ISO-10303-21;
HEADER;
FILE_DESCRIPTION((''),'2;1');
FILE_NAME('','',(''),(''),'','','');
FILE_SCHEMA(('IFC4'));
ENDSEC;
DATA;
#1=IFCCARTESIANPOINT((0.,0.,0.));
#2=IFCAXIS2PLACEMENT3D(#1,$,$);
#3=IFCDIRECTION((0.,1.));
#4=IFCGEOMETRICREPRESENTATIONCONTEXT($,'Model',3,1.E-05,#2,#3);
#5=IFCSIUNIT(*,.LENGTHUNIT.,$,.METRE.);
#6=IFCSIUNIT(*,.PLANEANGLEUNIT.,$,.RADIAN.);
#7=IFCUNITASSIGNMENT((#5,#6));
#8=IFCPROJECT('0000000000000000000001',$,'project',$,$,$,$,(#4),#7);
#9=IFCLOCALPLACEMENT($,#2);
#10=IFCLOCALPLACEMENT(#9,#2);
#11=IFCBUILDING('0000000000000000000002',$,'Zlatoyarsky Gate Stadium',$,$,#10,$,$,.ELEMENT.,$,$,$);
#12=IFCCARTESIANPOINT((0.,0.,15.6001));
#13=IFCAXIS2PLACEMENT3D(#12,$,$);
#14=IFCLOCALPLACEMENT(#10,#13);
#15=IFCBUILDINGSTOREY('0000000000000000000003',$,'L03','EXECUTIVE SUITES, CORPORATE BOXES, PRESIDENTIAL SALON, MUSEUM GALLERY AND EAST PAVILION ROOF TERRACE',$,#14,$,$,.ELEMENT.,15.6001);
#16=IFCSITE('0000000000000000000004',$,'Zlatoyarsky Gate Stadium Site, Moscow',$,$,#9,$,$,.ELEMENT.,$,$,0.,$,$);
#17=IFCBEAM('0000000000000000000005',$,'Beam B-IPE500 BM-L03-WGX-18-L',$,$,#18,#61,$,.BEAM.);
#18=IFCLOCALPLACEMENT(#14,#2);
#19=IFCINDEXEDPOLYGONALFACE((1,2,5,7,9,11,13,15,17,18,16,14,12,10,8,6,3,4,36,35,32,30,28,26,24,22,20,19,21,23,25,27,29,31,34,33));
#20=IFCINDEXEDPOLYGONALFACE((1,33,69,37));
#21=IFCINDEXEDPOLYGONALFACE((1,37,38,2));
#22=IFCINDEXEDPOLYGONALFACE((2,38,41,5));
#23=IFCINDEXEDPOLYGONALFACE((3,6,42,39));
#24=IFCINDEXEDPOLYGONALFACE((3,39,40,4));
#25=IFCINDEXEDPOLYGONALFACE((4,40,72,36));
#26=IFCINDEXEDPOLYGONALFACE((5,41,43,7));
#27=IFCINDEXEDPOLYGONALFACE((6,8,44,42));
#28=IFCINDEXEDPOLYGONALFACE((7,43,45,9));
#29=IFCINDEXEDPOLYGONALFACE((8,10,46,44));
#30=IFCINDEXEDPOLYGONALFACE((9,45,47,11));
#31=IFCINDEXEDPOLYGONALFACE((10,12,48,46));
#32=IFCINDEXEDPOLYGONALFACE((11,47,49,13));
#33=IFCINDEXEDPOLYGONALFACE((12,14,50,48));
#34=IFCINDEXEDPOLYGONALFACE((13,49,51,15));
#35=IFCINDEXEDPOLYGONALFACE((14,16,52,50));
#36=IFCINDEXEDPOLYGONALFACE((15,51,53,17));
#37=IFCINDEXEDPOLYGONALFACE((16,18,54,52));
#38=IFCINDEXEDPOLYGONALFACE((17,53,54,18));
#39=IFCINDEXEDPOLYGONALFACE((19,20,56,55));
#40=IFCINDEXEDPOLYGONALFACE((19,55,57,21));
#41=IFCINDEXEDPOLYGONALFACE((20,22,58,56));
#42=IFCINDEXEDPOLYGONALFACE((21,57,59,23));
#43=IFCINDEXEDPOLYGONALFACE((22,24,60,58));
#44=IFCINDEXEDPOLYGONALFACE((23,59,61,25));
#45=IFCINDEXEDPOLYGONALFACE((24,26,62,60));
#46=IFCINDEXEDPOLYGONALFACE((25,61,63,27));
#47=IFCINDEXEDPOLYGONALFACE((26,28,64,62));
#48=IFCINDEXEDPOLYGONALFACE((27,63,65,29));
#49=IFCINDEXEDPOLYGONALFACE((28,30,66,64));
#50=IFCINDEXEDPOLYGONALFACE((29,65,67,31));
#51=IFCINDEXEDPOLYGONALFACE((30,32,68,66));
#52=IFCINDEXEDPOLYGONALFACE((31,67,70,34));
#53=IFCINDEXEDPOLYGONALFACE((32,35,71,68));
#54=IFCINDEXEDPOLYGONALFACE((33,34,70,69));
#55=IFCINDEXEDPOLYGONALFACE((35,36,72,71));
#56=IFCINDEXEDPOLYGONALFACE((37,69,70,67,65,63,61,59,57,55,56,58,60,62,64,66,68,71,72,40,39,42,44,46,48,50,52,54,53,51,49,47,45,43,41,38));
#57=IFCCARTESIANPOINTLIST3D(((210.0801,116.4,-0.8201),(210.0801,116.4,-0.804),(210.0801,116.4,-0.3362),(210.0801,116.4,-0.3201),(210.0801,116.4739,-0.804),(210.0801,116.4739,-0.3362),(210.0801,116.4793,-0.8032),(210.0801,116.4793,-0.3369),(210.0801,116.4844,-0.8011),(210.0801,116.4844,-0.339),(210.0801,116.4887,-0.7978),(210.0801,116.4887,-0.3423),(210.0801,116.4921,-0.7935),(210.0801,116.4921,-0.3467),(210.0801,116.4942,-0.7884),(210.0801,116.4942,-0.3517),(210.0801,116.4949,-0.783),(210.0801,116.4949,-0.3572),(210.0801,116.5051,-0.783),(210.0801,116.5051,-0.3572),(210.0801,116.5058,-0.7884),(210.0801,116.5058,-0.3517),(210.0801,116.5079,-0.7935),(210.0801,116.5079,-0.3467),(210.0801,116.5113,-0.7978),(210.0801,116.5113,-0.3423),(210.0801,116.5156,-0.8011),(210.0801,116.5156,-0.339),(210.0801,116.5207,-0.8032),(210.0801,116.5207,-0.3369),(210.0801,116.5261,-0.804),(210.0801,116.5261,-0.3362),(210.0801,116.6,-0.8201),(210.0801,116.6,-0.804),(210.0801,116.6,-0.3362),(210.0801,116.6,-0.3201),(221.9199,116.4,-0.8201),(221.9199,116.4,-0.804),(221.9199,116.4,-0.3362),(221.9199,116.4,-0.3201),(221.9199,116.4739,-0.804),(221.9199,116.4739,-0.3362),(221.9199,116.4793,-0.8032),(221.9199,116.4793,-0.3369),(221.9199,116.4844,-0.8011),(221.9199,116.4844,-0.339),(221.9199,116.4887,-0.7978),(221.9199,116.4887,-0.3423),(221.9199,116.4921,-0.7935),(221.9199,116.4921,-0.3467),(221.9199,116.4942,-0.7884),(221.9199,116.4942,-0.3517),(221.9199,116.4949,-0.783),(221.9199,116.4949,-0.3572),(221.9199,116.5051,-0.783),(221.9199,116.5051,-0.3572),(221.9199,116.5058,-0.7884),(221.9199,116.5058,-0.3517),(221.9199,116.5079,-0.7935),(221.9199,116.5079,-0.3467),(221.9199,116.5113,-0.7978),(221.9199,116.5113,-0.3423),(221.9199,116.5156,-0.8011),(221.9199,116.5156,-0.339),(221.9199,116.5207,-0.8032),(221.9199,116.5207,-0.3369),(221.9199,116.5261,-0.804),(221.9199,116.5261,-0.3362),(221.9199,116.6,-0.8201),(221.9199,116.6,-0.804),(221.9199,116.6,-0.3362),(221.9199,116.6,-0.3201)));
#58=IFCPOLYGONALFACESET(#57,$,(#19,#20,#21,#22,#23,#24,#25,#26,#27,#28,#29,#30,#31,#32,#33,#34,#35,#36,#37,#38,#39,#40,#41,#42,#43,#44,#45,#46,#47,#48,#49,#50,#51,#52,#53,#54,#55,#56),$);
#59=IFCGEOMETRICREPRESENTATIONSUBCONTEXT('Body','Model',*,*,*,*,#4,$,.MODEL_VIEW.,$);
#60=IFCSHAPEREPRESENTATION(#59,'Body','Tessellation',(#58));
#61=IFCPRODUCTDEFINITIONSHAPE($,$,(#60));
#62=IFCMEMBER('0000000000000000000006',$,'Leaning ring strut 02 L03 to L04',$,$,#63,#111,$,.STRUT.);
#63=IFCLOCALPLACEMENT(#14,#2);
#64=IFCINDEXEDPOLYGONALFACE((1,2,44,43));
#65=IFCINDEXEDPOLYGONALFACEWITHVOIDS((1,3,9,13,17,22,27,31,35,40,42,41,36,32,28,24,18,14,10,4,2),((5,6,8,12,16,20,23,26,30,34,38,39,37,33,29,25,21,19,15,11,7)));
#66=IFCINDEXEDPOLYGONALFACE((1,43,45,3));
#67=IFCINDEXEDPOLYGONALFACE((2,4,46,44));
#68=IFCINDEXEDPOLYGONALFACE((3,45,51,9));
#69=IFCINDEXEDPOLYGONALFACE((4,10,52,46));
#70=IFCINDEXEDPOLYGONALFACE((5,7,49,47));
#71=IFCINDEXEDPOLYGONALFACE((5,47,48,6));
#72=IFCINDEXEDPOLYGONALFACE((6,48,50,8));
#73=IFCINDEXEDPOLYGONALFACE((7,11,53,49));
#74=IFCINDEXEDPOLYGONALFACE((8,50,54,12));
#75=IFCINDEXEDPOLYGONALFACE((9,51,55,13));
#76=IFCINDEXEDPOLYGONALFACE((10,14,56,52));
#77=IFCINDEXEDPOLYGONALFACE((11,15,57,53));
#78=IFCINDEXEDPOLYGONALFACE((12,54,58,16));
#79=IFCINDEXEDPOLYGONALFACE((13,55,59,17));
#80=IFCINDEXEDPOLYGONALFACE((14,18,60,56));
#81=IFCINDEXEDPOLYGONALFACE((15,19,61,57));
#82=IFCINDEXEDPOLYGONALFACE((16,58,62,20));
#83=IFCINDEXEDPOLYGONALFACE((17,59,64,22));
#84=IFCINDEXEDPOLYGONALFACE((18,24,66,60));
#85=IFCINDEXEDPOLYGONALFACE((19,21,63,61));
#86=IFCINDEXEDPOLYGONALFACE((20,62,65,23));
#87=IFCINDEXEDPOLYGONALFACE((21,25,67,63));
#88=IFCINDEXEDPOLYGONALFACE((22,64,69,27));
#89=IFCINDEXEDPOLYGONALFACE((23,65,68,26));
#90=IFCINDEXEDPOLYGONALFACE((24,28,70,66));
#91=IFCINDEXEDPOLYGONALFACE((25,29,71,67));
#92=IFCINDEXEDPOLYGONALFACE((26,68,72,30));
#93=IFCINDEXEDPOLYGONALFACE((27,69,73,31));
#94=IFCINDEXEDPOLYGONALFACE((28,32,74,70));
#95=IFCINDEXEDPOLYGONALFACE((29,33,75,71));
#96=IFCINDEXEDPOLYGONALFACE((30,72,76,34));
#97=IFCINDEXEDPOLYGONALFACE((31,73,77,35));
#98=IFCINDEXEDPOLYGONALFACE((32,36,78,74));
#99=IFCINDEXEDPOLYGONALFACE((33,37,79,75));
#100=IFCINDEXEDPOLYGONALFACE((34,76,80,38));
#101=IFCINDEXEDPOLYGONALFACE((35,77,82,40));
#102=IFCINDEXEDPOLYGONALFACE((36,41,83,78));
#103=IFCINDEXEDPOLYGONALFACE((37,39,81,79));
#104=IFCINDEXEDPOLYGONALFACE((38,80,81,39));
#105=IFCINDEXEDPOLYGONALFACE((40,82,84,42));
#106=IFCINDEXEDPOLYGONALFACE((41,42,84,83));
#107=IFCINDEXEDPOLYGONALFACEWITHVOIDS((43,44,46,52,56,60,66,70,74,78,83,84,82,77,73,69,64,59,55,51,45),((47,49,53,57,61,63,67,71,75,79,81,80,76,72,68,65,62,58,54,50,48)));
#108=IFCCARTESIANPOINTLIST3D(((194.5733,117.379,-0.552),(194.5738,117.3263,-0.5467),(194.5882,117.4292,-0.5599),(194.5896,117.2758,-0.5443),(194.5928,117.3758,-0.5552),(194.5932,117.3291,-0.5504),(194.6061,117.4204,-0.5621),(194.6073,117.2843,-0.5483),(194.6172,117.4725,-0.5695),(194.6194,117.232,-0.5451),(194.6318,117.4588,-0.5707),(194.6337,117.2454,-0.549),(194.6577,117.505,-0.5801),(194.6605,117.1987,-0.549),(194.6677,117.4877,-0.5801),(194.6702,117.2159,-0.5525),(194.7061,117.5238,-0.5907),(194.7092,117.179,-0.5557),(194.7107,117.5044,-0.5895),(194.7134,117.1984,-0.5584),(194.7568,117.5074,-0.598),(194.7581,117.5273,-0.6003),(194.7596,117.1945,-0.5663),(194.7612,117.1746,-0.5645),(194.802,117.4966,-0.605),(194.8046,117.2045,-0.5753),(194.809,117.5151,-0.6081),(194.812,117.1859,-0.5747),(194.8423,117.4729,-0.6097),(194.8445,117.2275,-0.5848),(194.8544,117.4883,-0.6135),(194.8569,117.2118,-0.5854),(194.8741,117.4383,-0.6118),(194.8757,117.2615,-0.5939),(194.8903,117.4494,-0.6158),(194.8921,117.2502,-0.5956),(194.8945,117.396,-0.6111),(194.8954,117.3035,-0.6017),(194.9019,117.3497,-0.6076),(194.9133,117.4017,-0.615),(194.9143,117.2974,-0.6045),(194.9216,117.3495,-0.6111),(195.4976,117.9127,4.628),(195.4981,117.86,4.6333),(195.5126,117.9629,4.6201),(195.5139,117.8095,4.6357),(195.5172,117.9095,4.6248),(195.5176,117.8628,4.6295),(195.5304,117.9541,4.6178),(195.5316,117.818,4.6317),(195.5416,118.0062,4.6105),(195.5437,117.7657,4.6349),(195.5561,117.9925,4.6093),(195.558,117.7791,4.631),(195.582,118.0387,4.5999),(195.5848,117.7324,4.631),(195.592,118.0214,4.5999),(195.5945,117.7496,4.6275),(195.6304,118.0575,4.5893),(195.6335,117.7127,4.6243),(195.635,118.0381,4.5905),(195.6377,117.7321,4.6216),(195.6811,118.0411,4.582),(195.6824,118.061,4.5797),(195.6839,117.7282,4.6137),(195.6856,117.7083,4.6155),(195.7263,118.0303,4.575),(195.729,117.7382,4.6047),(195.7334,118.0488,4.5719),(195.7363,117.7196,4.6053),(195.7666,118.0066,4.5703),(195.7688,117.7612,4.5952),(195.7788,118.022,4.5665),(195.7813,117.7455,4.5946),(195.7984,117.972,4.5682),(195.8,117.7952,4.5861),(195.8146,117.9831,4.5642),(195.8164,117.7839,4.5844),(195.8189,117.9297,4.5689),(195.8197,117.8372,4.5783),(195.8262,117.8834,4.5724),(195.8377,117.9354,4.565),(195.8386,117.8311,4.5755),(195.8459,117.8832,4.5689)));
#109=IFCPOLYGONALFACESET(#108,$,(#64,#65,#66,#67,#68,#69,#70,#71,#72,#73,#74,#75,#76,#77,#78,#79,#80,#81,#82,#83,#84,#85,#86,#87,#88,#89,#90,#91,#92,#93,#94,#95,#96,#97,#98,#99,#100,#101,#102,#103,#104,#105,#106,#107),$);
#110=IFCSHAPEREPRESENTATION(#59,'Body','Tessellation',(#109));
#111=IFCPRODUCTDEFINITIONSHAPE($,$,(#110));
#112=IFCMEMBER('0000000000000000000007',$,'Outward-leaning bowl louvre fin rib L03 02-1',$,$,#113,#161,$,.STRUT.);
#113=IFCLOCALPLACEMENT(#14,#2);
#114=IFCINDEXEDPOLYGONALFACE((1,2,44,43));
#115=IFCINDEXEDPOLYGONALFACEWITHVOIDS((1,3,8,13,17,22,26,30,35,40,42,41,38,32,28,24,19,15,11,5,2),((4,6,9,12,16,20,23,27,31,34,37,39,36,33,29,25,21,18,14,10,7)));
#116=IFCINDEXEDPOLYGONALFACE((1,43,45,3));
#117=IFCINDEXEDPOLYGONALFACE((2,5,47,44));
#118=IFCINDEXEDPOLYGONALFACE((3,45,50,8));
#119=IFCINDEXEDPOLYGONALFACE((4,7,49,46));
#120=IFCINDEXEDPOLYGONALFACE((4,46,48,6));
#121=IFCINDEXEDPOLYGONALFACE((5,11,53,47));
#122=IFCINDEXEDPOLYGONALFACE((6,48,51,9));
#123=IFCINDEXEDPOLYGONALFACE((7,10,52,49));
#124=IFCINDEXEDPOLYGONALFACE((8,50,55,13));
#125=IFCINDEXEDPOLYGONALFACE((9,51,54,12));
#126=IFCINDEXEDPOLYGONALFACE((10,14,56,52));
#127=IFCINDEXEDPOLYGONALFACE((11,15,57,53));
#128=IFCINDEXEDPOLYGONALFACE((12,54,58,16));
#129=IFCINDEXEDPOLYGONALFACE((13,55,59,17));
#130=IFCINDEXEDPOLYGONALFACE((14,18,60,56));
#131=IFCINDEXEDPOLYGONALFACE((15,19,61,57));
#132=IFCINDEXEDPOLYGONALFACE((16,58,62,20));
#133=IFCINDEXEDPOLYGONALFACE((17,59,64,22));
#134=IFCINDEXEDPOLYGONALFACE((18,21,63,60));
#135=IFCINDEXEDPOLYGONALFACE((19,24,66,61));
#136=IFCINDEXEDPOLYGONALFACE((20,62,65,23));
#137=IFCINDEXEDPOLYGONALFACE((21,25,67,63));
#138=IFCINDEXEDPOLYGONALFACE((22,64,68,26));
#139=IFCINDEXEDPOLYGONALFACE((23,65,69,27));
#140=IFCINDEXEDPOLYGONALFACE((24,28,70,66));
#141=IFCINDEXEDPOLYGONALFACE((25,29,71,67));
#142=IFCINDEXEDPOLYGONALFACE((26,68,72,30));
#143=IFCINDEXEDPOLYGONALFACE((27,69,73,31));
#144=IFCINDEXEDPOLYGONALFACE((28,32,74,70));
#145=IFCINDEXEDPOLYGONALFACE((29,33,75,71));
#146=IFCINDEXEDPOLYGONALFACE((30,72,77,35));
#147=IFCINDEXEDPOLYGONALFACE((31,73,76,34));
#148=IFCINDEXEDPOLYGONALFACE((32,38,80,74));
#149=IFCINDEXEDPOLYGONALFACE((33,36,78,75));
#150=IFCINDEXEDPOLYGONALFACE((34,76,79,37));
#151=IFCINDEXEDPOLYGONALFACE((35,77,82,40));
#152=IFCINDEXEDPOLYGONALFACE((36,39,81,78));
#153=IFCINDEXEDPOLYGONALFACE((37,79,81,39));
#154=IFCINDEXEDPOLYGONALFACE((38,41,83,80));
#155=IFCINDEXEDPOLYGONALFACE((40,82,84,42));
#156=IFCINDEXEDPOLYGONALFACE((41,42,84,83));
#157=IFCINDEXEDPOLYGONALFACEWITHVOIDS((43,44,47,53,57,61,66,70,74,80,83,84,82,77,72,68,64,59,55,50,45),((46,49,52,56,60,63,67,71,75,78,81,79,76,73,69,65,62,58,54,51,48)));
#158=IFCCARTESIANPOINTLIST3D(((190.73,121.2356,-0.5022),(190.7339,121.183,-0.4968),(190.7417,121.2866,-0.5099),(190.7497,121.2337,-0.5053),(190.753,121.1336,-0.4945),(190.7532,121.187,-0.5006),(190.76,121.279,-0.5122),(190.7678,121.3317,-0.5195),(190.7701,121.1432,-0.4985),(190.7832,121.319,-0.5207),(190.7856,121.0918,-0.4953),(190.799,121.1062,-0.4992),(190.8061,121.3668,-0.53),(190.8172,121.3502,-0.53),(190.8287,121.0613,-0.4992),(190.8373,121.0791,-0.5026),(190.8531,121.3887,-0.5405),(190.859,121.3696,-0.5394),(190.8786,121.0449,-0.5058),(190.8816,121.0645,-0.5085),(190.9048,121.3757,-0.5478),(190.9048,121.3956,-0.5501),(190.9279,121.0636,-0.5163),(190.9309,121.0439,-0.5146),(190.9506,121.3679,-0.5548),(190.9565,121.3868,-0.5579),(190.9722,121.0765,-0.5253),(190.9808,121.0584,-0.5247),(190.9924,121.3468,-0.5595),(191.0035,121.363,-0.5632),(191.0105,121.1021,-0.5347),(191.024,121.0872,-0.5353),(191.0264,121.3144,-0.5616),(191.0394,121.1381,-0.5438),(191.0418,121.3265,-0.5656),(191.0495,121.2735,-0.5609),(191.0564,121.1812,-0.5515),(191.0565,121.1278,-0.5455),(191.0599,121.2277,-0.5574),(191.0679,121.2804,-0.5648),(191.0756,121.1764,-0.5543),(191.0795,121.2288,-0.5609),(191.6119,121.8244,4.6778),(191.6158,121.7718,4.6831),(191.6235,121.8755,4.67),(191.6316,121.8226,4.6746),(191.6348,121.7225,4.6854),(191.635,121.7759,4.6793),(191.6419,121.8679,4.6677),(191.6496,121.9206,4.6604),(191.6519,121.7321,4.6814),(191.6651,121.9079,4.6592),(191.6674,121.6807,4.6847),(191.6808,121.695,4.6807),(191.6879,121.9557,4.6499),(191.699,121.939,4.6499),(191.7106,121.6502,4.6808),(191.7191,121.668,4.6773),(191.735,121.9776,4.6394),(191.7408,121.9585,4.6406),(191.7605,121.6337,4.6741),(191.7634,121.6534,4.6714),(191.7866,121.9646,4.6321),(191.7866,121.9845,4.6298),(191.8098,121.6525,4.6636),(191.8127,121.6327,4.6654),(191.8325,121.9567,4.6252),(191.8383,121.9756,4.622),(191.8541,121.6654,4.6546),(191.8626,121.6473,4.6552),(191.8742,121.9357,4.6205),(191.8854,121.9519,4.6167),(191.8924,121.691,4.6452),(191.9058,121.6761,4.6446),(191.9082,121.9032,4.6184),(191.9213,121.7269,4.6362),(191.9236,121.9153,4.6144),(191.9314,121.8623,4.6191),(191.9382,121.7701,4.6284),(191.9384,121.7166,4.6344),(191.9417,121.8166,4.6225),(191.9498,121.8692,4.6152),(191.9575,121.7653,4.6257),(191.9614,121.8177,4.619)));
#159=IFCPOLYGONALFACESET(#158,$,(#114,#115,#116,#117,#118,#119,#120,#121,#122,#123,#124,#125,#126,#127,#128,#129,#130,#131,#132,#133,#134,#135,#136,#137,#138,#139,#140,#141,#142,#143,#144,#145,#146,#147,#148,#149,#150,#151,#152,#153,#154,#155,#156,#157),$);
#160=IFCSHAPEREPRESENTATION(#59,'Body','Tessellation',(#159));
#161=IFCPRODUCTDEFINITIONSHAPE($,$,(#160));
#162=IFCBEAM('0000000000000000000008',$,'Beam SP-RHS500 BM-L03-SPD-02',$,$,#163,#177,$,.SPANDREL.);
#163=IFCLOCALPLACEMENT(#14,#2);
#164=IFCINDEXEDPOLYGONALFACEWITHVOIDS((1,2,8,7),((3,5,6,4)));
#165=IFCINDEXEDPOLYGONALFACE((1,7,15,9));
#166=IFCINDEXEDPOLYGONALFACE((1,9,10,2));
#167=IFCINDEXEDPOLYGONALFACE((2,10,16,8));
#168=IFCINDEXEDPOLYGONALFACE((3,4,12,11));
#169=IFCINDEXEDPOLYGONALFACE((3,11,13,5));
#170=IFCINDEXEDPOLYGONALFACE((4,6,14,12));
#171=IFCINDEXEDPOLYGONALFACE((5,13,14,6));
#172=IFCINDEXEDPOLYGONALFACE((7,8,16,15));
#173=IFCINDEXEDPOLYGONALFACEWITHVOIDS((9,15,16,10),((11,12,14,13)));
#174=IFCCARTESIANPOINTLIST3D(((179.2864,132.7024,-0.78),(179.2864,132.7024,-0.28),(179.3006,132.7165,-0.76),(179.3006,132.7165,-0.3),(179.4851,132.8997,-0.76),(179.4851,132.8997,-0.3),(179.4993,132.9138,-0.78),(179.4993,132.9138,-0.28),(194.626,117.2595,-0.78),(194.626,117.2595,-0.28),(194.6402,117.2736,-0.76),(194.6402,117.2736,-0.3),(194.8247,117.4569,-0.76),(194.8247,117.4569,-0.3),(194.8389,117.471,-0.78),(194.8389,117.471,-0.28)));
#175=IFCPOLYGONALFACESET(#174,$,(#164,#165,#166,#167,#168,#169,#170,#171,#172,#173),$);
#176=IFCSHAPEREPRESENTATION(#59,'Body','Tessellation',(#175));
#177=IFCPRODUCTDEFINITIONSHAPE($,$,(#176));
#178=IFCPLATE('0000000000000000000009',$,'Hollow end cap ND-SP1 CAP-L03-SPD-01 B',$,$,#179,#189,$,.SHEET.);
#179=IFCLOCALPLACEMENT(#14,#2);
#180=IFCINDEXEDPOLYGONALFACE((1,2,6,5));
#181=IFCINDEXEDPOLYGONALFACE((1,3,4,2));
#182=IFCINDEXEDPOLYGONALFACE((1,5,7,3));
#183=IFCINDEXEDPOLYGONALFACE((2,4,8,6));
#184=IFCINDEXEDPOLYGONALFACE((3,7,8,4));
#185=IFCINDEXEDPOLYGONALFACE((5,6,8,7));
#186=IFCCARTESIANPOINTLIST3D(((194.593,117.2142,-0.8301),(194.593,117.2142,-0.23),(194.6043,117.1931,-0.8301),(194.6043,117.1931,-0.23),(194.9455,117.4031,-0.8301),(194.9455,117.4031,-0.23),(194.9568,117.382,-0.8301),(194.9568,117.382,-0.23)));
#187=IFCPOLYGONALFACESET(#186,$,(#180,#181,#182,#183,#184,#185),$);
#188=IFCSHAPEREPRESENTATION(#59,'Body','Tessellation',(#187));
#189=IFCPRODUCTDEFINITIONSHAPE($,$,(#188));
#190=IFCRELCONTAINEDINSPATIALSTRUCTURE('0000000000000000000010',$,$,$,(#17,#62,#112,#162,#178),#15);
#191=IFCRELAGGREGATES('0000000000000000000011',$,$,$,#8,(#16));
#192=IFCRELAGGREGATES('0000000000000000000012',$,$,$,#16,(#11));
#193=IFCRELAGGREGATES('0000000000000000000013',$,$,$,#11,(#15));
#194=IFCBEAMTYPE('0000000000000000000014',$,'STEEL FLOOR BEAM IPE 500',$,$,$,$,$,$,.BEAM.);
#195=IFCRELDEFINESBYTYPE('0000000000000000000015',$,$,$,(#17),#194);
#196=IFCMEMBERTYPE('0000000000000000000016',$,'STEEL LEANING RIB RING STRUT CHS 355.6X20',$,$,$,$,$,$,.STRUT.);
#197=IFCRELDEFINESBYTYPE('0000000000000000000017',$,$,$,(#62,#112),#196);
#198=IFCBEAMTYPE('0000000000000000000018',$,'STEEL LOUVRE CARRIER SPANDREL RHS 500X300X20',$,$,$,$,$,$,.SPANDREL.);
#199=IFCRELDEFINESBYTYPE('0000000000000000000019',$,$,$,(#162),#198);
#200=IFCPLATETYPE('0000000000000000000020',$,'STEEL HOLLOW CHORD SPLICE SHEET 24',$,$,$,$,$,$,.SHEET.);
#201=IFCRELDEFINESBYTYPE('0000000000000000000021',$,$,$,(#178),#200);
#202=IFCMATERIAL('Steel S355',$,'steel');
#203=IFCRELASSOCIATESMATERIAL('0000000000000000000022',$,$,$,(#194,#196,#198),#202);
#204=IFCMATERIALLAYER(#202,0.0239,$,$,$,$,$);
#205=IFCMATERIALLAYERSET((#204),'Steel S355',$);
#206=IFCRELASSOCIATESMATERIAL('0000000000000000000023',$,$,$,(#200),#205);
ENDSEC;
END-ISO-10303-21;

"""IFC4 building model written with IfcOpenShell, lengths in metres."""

from ifc_helpers import new_model, si_unit, direction, frame, origin, origin_2d, place, context, subcontext, project, spatial, rectangle, hollow_rectangle, hollow_circle, i_section, extrude, material, layer, layer_set, material_profile, profile_set, type_object, element, save


model = new_model("IFC4")

# Units and contexts
model_context = context("Model", 3, precision=1e-05, world=origin(), true_north=direction((0.0, 1.0)))
body_context = subcontext(model_context, "Body", "Model", "MODEL_VIEW")
ifc_project = project(units=[si_unit("LENGTHUNIT", "METRE"), si_unit("PLANEANGLEUNIT", "RADIAN")], contexts=[model_context])

# Site, building, storey
site_placement = place(None, origin())
site = spatial("IfcSite", under=ifc_project, at=site_placement, Name="Zlatoyarsky Gate Stadium Site, Moscow", CompositionType="ELEMENT", RefElevation=0.0)
building_placement = place(site_placement, origin())
building = spatial("IfcBuilding", under=site, at=building_placement, Name="Zlatoyarsky Gate Stadium", CompositionType="ELEMENT")
storey_placement = place(building_placement, frame((0.0, 0.0, 15.6001)))
storey = spatial("IfcBuildingStorey", under=building, at=storey_placement, Name="L03", Description="EXECUTIVE SUITES, CORPORATE BOXES, PRESIDENTIAL SALON, MUSEUM GALLERY AND EAST PAVILION ROOF TERRACE", CompositionType="ELEMENT", Elevation=15.6001)

# Shared definitions
ifc_material_1 = material(Name="Steel S355", Category="steel")

# Beam
ifc_material_profile_1 = material_profile(ifc_material_1, i_section(OverallWidth=0.2, OverallDepth=0.5, WebThickness=0.0103, FlangeThickness=0.0161, FilletRadius=0.021, at=origin_2d()), Name="IPE 500")
ifc_profile_set_1 = profile_set([ifc_material_profile_1], Name="Steel S355")
beam_type_1 = type_object("IfcBeamType", Name="STEEL FLOOR BEAM IPE 500", PredefinedType="BEAM", material=ifc_profile_set_1)
beam_1_placement = place(storey_placement, frame((210.0801, 116.5, -0.5701), z_axis=(1.0, 0.0, 0.0), x_axis=(0.0, 1.0, 0.0)))
element("IfcBeam", 1, at=beam_1_placement, inside=storey, type_object=beam_type_1, Name="Beam B-IPE500 BM-L03-WGX-18-L", PredefinedType="BEAM", context=body_context, shape_type="SweptSolid", body=[
    extrude(i_section(OverallWidth=0.2, OverallDepth=0.5, WebThickness=0.0103, FlangeThickness=0.0161, FilletRadius=0.021, at=origin_2d()), origin(), (0.0, 0.0, 1.0), 11.8398),
])

# Members
ifc_material_profile_2 = material_profile(ifc_material_1, hollow_circle(Radius=0.1777, WallThickness=0.02, at=origin_2d()), Name="CHS 355.6X20")
ifc_profile_set_2 = profile_set([ifc_material_profile_2], Name="Steel S355")
member_type_1 = type_object("IfcMemberType", Name="STEEL LEANING RIB RING STRUT CHS 355.6X20", PredefinedType="STRUT", material=ifc_profile_set_2)
member_1_placement = place(storey_placement, frame((194.7466, 117.3511, -0.5801), z_axis=(0.17477, 0.100911, 0.979425), x_axis=(-0.500026, 0.86601, 0.0)))
element("IfcMember", 2, at=member_1_placement, inside=storey, type_object=member_type_1, Name="Leaning ring strut 02 L03 to L04", PredefinedType="STRUT", context=body_context, shape_type="SweptSolid", body=[
    extrude(hollow_circle(Radius=0.1777, WallThickness=0.02, at=origin_2d()), origin(), (0.0, 0.0, 1.0), 5.2888),
])
member_2_placement = place(storey_placement, frame((190.9048, 121.219, -0.53), z_axis=(0.166782, 0.111373, 0.979684), x_axis=(-0.555338, 0.831625, 0.0)))
element("IfcMember", 3, at=member_2_placement, inside=storey, type_object=member_type_1, Name="Outward-leaning bowl louvre fin rib L03 02-1", PredefinedType="STRUT", context=body_context, shape_type="SweptSolid", body=[
    extrude(hollow_circle(Radius=0.1777, WallThickness=0.02, at=origin_2d()), origin(), (0.0, 0.0, 1.0), 5.2874),
])

# Beam
ifc_material_profile_3 = material_profile(ifc_material_1, hollow_rectangle(XDim=0.3, YDim=0.5, WallThickness=0.02, at=origin_2d()), Name="RHS 500X300X20")
ifc_profile_set_3 = profile_set([ifc_material_profile_3], Name="Steel S355")
beam_type_2 = type_object("IfcBeamType", Name="STEEL LOUVRE CARRIER SPANDREL RHS 500X300X20", PredefinedType="SPANDREL", material=ifc_profile_set_3)
beam_2_placement = place(storey_placement, frame((194.7324, 117.3652, -0.53), z_axis=(-0.704731, 0.709475, 0.0), x_axis=(-0.709475, -0.704731, 0.0)))
element("IfcBeam", 4, at=beam_2_placement, inside=storey, type_object=beam_type_2, Name="Beam SP-RHS500 BM-L03-SPD-02", PredefinedType="SPANDREL", context=body_context, shape_type="SweptSolid", body=[
    extrude(hollow_rectangle(XDim=0.3, YDim=0.5, WallThickness=0.02, at=origin_2d()), origin(), (0.0, 0.0, 1.0), 21.7666),
])

# Plate
ifc_layer_1 = layer(ifc_material_1, 0.0239)
ifc_layer_set_1 = layer_set([ifc_layer_1], Name="Steel S355")
plate_type_1 = type_object("IfcPlateType", Name="STEEL HOLLOW CHORD SPLICE SHEET 24", PredefinedType="SHEET", material=ifc_layer_set_1)
for number, where, z_axis, x_axis, name in (
    (5, (194.7749, 117.2981, -0.8301), (0.0, 0.0, 1.0), (-0.472556, 0.881301, 0.0), "Hollow end cap ND-SP1 CAP-L03-SPD-01 B"),
):
    element("IfcPlate", number, at=place(storey_placement, frame(where, z_axis=z_axis, x_axis=x_axis)), inside=storey, type_object=plate_type_1, Name=name, PredefinedType="SHEET", context=body_context, shape_type="SweptSolid", body=[
        extrude(rectangle(XDim=0.0239, YDim=0.3999, at=origin_2d()), origin(), (0.0, 0.0, 1.0), 0.6001),
    ])

save(model, "model.ifc")
